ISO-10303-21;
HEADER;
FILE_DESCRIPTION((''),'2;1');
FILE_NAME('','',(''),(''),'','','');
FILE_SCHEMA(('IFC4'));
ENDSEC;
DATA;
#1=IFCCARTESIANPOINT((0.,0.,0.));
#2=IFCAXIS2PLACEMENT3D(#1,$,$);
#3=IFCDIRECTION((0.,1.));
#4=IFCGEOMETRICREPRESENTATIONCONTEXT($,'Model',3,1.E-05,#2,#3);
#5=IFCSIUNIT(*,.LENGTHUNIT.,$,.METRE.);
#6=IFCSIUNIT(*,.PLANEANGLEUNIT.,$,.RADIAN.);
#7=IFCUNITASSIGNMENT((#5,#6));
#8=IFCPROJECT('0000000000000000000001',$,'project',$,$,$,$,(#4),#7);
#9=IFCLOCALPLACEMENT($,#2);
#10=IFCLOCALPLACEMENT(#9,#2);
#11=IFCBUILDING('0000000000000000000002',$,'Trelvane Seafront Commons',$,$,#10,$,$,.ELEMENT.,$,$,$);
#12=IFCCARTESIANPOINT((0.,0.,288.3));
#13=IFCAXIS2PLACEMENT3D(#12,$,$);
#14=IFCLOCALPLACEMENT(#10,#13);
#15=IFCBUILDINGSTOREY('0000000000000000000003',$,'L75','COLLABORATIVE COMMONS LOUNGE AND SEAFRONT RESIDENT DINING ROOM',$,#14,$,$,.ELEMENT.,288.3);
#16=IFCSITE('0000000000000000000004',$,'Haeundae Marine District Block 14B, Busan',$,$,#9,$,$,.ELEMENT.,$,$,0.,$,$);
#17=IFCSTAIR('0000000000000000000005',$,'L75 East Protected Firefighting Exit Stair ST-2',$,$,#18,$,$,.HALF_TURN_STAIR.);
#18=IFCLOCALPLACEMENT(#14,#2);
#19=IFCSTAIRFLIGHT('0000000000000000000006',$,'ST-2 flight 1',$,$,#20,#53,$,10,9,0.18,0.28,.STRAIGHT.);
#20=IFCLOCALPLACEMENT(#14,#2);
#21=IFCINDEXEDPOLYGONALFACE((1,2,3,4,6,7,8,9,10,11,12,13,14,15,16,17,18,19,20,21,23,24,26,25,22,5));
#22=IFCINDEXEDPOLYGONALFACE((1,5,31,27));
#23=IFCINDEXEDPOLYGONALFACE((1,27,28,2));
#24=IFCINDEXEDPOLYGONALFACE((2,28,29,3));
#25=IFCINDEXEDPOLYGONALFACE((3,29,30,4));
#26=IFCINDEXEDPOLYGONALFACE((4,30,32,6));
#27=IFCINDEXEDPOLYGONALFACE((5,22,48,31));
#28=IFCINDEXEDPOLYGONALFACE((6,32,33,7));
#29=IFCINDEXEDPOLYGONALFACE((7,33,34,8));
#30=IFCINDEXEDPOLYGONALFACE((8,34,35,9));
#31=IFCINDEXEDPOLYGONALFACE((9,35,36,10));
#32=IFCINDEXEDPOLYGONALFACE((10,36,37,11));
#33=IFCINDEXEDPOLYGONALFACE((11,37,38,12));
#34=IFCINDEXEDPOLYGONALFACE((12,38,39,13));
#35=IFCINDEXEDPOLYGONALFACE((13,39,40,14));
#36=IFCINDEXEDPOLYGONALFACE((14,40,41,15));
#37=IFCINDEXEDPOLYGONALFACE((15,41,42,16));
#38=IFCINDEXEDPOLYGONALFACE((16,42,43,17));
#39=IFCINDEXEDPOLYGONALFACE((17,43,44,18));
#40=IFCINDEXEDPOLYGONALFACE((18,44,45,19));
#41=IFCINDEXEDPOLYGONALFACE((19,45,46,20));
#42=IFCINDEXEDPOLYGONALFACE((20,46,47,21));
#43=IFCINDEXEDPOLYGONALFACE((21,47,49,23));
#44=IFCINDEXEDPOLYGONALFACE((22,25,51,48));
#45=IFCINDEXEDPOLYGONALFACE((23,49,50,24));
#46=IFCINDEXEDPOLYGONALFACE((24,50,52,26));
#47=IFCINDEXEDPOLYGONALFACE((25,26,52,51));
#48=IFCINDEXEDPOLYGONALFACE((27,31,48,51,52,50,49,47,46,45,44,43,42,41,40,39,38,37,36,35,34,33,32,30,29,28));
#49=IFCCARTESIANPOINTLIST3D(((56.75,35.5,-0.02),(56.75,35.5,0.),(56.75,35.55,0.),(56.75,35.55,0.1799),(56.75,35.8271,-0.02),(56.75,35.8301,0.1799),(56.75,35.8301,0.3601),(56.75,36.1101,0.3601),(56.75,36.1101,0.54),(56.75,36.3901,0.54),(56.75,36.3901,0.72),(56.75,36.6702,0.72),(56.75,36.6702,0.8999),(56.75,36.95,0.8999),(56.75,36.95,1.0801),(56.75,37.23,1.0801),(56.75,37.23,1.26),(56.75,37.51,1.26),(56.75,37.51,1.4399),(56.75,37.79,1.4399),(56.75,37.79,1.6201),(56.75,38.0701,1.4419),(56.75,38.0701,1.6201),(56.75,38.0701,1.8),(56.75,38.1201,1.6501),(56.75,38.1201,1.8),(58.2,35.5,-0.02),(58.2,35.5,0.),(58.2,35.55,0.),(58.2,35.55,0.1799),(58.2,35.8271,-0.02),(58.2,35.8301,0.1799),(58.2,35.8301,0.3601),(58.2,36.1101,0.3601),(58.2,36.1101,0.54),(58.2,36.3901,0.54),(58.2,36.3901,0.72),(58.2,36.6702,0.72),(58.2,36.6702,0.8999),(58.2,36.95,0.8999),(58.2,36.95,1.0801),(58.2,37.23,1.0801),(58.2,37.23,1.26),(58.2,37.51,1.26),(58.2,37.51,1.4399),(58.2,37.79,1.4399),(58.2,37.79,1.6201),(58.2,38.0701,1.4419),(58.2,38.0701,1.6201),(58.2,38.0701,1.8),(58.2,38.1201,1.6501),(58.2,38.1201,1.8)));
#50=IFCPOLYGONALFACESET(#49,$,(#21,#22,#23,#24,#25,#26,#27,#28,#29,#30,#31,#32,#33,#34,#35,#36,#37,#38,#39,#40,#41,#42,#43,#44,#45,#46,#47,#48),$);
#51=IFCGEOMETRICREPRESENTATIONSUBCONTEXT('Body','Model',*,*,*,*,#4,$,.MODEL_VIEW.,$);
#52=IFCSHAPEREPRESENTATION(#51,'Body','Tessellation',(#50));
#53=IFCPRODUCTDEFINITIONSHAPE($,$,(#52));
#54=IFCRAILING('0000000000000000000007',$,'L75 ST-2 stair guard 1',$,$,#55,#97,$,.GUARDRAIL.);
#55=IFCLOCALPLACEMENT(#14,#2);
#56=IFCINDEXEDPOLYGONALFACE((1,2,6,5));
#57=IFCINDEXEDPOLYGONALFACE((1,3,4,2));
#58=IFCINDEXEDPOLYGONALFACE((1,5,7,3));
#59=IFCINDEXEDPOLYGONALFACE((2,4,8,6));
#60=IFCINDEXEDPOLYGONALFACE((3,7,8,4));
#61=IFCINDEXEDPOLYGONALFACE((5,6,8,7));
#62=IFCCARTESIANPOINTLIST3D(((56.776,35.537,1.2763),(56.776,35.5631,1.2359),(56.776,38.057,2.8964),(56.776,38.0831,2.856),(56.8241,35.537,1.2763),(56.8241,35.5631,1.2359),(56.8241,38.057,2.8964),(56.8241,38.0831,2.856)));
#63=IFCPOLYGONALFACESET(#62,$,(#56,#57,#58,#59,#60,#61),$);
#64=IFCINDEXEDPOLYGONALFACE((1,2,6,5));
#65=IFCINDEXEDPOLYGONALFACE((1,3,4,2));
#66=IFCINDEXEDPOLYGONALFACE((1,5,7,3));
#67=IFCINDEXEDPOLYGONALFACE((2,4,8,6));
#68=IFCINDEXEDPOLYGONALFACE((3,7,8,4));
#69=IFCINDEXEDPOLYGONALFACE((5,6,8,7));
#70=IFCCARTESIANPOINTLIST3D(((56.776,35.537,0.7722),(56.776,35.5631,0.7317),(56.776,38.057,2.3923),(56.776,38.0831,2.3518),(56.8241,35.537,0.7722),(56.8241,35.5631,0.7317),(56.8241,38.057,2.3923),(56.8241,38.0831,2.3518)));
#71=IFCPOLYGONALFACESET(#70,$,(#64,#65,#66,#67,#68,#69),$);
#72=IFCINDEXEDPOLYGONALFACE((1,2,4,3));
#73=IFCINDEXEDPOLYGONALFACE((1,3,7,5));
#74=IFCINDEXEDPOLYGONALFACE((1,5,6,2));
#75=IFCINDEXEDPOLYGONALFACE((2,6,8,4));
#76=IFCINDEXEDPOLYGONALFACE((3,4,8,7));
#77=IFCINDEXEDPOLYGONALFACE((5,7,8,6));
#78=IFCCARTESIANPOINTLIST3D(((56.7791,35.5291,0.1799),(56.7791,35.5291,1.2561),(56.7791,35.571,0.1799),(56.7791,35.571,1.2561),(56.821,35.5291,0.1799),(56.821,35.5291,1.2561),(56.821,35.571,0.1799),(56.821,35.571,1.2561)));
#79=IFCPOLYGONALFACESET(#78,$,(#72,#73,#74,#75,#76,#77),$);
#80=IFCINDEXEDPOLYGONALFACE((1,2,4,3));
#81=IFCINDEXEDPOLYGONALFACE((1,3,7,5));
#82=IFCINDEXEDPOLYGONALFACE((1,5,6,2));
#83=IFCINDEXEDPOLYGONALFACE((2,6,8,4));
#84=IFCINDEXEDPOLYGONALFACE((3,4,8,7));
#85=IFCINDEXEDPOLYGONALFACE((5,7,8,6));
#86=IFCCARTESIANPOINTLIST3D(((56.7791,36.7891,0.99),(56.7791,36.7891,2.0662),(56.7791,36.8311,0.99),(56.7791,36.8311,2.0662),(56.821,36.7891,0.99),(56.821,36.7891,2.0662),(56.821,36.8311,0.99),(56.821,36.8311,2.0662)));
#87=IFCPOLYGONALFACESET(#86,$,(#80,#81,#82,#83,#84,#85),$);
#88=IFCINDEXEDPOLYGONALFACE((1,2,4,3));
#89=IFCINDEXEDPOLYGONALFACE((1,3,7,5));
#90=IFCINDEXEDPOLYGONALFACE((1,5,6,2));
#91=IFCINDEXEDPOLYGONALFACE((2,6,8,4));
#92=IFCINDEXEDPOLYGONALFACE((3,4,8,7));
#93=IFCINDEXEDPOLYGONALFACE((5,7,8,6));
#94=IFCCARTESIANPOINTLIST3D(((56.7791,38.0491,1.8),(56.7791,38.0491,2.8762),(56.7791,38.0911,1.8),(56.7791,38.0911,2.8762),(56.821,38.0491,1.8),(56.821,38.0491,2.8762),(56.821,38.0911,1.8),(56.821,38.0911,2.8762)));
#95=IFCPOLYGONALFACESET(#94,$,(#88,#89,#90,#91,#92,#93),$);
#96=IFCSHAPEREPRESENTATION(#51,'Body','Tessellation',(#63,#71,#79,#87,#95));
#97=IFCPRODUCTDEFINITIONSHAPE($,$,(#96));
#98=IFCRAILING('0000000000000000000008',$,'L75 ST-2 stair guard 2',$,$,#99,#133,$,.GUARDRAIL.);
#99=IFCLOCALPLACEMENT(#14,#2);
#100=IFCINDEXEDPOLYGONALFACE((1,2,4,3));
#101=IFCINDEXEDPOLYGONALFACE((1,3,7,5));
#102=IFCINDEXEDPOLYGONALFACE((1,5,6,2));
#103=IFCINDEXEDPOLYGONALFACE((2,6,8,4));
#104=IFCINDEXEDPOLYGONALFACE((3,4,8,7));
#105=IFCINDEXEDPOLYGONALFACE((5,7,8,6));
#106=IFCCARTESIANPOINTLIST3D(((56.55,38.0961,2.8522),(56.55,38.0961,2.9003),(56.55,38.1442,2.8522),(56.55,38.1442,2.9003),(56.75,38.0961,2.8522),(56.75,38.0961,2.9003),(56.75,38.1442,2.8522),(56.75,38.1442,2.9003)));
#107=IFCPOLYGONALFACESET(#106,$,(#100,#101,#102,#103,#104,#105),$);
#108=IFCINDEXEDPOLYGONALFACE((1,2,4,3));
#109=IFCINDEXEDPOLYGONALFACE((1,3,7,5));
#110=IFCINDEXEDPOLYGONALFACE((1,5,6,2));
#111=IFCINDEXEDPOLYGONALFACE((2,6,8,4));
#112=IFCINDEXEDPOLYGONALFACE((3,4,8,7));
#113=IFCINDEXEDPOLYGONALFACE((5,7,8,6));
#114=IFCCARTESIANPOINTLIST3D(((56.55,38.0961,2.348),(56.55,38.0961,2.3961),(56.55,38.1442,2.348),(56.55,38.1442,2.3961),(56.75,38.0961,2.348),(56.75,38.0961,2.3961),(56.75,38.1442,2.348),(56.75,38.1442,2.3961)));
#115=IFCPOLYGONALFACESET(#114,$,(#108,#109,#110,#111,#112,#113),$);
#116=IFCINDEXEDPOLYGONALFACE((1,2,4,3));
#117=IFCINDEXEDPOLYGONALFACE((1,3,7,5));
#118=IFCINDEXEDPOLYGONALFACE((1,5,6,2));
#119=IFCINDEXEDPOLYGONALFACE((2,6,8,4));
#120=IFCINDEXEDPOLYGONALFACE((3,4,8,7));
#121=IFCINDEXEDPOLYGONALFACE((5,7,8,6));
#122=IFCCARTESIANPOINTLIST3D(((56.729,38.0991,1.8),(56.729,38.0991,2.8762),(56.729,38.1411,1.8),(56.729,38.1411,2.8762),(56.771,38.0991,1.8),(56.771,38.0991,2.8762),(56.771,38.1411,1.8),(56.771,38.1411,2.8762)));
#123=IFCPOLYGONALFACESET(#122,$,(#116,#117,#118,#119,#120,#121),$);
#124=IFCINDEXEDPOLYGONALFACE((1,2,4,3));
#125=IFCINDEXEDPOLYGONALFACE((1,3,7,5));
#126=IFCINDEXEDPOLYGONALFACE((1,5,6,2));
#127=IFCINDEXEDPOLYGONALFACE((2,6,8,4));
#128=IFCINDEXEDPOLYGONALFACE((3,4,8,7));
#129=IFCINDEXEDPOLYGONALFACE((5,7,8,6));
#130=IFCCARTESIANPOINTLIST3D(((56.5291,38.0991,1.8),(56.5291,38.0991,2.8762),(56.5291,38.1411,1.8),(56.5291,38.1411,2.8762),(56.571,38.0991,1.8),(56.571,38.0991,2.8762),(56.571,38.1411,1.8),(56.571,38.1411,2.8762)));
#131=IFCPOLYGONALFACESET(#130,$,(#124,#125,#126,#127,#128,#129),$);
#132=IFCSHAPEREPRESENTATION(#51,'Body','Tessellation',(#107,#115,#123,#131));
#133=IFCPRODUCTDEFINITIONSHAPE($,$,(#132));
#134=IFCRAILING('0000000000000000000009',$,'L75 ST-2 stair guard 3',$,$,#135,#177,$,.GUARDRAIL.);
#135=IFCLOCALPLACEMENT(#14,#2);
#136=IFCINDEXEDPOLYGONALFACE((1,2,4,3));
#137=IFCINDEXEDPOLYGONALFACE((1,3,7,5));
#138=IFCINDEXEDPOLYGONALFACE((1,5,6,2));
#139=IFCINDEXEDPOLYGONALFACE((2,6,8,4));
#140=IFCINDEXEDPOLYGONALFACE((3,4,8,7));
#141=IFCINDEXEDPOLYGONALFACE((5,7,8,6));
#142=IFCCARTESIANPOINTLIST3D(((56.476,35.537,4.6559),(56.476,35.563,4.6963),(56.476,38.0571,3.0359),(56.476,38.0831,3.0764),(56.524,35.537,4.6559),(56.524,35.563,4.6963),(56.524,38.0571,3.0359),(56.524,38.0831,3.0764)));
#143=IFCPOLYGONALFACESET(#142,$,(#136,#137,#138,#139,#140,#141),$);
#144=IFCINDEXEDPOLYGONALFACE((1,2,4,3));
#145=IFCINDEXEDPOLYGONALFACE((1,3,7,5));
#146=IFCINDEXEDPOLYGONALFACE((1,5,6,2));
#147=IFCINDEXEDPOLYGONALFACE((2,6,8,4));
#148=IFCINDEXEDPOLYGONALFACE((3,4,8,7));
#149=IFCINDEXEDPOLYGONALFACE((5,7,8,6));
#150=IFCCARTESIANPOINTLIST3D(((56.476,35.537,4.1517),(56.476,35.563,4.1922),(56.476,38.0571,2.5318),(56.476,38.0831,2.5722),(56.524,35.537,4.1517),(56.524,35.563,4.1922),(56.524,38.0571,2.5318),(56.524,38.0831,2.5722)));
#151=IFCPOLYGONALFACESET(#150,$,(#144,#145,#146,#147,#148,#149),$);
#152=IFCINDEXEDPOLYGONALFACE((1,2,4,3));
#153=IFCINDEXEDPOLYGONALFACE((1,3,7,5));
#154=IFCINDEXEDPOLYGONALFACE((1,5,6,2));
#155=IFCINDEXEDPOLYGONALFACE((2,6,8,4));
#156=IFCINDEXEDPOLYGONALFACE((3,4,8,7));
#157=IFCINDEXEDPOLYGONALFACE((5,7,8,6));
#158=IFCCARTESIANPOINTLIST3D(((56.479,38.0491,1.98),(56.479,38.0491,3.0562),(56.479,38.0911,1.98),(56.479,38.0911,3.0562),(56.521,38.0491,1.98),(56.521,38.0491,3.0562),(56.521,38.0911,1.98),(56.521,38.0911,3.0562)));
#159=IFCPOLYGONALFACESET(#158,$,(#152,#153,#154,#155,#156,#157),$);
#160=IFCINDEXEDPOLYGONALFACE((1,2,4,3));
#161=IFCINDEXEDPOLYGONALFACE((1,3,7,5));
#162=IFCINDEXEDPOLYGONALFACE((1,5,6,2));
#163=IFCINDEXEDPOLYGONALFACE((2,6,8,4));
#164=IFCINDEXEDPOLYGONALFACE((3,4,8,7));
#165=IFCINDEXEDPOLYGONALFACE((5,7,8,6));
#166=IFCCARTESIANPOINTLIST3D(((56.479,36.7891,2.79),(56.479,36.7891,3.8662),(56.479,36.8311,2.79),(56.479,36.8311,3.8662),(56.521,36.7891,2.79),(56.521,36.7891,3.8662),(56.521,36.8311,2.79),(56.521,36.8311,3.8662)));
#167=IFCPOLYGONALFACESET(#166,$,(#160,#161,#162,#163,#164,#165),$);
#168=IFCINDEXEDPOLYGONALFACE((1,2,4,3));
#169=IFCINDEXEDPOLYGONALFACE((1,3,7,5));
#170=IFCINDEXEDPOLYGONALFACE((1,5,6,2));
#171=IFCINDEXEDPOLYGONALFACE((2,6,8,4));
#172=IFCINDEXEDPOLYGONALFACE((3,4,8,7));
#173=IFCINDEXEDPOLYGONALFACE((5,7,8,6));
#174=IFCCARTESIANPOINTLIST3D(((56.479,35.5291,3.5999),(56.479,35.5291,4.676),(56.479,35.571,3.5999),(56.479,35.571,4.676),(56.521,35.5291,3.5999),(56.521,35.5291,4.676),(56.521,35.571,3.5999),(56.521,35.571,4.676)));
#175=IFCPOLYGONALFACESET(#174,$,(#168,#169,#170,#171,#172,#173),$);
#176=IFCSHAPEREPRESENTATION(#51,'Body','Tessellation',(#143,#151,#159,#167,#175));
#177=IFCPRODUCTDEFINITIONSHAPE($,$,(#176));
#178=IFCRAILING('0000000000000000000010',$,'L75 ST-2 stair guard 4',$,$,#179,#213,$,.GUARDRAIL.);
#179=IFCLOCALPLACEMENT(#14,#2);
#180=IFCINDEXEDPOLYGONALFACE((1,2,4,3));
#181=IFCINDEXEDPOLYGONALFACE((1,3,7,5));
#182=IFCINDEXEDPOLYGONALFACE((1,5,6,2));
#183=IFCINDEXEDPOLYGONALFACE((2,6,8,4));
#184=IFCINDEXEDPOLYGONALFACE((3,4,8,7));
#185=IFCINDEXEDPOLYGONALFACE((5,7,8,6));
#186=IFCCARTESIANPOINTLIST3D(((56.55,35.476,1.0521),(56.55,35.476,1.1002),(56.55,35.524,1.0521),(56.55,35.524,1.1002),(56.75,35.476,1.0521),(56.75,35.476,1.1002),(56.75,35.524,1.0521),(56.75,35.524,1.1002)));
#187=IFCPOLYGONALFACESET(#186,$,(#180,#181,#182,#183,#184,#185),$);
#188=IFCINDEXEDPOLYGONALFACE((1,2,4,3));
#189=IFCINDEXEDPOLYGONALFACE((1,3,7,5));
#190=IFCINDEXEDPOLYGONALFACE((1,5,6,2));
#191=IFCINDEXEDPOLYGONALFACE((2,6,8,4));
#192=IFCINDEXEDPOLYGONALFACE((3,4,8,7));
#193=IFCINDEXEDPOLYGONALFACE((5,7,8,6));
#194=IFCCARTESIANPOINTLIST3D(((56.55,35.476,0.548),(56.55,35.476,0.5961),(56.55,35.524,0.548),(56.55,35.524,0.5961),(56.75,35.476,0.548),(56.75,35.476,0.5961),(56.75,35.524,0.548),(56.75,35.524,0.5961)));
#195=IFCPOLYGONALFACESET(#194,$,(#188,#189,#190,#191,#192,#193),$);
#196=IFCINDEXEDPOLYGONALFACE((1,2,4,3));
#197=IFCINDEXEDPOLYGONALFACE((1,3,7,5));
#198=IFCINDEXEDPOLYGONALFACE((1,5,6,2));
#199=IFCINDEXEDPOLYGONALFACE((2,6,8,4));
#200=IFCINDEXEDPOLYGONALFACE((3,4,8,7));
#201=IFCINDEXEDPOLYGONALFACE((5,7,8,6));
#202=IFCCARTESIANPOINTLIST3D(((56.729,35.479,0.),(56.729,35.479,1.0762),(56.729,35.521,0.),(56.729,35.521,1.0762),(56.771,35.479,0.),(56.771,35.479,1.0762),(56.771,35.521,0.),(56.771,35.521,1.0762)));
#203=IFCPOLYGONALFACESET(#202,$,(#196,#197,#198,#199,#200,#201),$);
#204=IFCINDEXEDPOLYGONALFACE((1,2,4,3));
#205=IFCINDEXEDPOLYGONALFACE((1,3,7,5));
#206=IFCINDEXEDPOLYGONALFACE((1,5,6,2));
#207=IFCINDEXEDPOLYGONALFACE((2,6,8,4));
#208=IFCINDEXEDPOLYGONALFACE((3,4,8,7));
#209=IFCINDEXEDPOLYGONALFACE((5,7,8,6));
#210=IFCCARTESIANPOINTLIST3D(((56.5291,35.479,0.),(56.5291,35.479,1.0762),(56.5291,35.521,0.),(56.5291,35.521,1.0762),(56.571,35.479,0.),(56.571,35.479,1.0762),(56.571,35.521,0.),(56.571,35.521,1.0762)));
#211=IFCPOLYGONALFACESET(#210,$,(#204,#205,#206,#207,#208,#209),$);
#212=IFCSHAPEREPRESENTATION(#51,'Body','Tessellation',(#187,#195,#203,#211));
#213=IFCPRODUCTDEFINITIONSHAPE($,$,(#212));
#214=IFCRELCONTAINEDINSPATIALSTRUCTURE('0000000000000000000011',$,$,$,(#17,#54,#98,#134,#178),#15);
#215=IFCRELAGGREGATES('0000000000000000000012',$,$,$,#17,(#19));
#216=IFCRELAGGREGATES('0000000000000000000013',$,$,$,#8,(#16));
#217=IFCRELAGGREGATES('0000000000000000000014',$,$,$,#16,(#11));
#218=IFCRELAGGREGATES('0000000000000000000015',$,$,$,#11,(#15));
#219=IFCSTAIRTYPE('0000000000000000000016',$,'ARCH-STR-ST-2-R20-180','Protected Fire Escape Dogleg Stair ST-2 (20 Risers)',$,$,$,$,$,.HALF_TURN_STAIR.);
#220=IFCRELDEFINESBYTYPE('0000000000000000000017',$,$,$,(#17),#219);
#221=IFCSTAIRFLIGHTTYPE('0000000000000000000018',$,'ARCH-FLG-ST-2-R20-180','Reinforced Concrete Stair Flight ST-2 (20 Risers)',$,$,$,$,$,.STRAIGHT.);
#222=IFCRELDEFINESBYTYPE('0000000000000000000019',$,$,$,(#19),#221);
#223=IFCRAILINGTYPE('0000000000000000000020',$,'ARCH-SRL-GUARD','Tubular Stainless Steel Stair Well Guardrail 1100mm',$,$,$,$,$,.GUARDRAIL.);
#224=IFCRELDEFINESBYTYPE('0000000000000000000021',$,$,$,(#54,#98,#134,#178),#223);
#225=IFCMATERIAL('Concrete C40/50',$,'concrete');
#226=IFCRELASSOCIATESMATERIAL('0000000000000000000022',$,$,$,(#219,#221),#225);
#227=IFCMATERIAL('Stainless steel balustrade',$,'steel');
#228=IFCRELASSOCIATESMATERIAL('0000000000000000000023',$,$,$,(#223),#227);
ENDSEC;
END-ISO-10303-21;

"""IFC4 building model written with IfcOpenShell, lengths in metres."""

from ifc_helpers import new_model, si_unit, direction, frame, origin, origin_2d, place, context, subcontext, project, spatial, polyline, rectangle, outline, extrude, source, transform, mapped, material, type_object, element, aggregate, save


model = new_model("IFC4")

# Units and contexts
model_context = context("Model", 3, precision=1e-05, world=origin(), true_north=direction((0.0, 1.0)))
body_context = subcontext(model_context, "Body", "Model", "MODEL_VIEW")
ifc_project = project(units=[si_unit("LENGTHUNIT", "METRE"), si_unit("PLANEANGLEUNIT", "RADIAN")], contexts=[model_context])

# Site, building, storey
site_placement = place(None, origin())
site = spatial("IfcSite", under=ifc_project, at=site_placement, Name="Haeundae Marine District Block 14B, Busan", CompositionType="ELEMENT", RefElevation=0.0)
building_placement = place(site_placement, origin())
building = spatial("IfcBuilding", under=site, at=building_placement, Name="Trelvane Seafront Commons", CompositionType="ELEMENT")
storey_placement = place(building_placement, frame((0.0, 0.0, 288.3)))
storey = spatial("IfcBuildingStorey", under=building, at=storey_placement, Name="L75", Description="COLLABORATIVE COMMONS LOUNGE AND SEAFRONT RESIDENT DINING ROOM", CompositionType="ELEMENT", Elevation=288.3)

# Stair, stair flight
ifc_material_1 = material(Name="Concrete C40/50", Category="concrete")
stair_type = type_object("IfcStairType", Name="ARCH-STR-ST-2-R20-180", Description="Protected Fire Escape Dogleg Stair ST-2 (20 Risers)", PredefinedType="HALF_TURN_STAIR", material=ifc_material_1)
stair_placement = place(storey_placement, origin())
stair = element("IfcStair", 1, at=stair_placement, inside=storey, type_object=stair_type, Name="L75 East Protected Firefighting Exit Stair ST-2", PredefinedType="HALF_TURN_STAIR")
stair_flight_type = type_object("IfcStairFlightType", Name="ARCH-FLG-ST-2-R20-180", Description="Reinforced Concrete Stair Flight ST-2 (20 Risers)", PredefinedType="STRAIGHT", material=ifc_material_1)
shared_shape_1 = source(origin(), body_context, "Body", "SweptSolid", [
    extrude(outline(polyline([(-0.05, -0.02), (-0.05, 0.0), (0.0, 0.0), (0.0, 0.1799), (0.28, 0.1799), (0.28, 0.3601), (0.5601, 0.3601), (0.5601, 0.54), (0.8401, 0.54), (0.8401, 0.72), (1.1201, 0.72), (1.1201, 0.8999), (1.3999, 0.8999), (1.3999, 1.0801), (1.6799, 1.0801), (1.6799, 1.26), (1.96, 1.26), (1.96, 1.4399), (2.24, 1.4399), (2.24, 1.6201), (2.52, 1.6201), (2.52, 1.8), (2.5701, 1.8), (2.5701, 1.6501), (2.52, 1.4419), (0.2771, -0.02), (-0.05, -0.02)])), frame((0.0, 0.7251, 0.0), z_axis=(0.0, -1.0, 0.0), x_axis=(1.0, 0.0, 0.0)), (0.0, 0.0, 1.0), 1.45),
])
stair_flight_placement = place(storey_placement, frame((57.4751, 35.55, 0.0), z_axis=(0.0, 0.0, 1.0), x_axis=(0.0, 1.0, 0.0)))
stair_flight = element("IfcStairFlight", 2, at=stair_flight_placement, type_object=stair_flight_type, Name="ST-2 flight 1", NumberOfRisers=10, NumberOfTreads=9, PredefinedType="STRAIGHT", RiserHeight=0.18, TreadLength=0.28, context=body_context, shape_type="MappedRepresentation", body=[
    mapped(shared_shape_1, transform((0.0, 0.0, 0.0), x_axis=(1.0, 0.0, 0.0), y_axis=(0.0, 1.0, 0.0), z_axis=(0.0, 0.0, 1.0), scale=1.0)),
])
aggregate(stair, [stair_flight])

# Railings
ifc_material_2 = material(Name="Stainless steel balustrade", Category="steel")
railing_type_1 = type_object("IfcRailingType", Name="ARCH-SRL-GUARD", Description="Tubular Stainless Steel Stair Well Guardrail 1100mm", PredefinedType="GUARDRAIL", material=ifc_material_2)
railing_1_placement = place(storey_placement, frame((56.8, 35.55, 0.1799)))
element("IfcRailing", 3, at=railing_1_placement, inside=storey, type_object=railing_type_1, Name="L75 ST-2 stair guard 1", PredefinedType="GUARDRAIL", context=body_context, shape_type="SweptSolid", body=[
    extrude(rectangle(XDim=0.0481, YDim=0.0481, at=origin_2d()), frame((0.0, 0.0, 1.0762), z_axis=(0.0, 0.841163, 0.540782), x_axis=(-1.0, 0.0, 0.0)), (0.0, 0.0, 1.0), 2.9958),
    extrude(rectangle(XDim=0.0481, YDim=0.0481, at=origin_2d()), frame((0.0, 0.0, 0.572), z_axis=(0.0, 0.841163, 0.540782), x_axis=(-1.0, 0.0, 0.0)), (0.0, 0.0, 1.0), 2.9958),
    extrude(rectangle(XDim=0.042, YDim=0.042, at=origin_2d()), origin(), (0.0, 0.0, 1.0), 1.0762),
    extrude(rectangle(XDim=0.042, YDim=0.042, at=origin_2d()), frame((0.0, 1.26, 0.8101)), (0.0, 0.0, 1.0), 1.0762),
    extrude(rectangle(XDim=0.042, YDim=0.042, at=origin_2d()), frame((0.0, 2.52, 1.6201)), (0.0, 0.0, 1.0), 1.0762),
])
railing_2_placement = place(storey_placement, frame((56.75, 38.1201, 1.8)))
element("IfcRailing", 4, at=railing_2_placement, inside=storey, type_object=railing_type_1, Name="L75 ST-2 stair guard 2", PredefinedType="GUARDRAIL", context=body_context, shape_type="SweptSolid", body=[
    extrude(rectangle(XDim=0.0481, YDim=0.0481, at=origin_2d()), frame((0.0, 0.0, 1.0762), z_axis=(-1.0, 0.0, 0.0), x_axis=(0.0, -1.0, 0.0)), (0.0, 0.0, 1.0), 0.2),
    extrude(rectangle(XDim=0.0481, YDim=0.0481, at=origin_2d()), frame((0.0, 0.0, 0.572), z_axis=(-1.0, 0.0, 0.0), x_axis=(0.0, -1.0, 0.0)), (0.0, 0.0, 1.0), 0.2),
    extrude(rectangle(XDim=0.042, YDim=0.042, at=origin_2d()), origin(), (0.0, 0.0, 1.0), 1.0762),
    extrude(rectangle(XDim=0.042, YDim=0.042, at=origin_2d()), frame((-0.2, 0.0, 0.0)), (0.0, 0.0, 1.0), 1.0762),
])
railing_3_placement = place(storey_placement, frame((56.5, 38.0701, 1.98)))
element("IfcRailing", 5, at=railing_3_placement, inside=storey, type_object=railing_type_1, Name="L75 ST-2 stair guard 3", PredefinedType="GUARDRAIL", context=body_context, shape_type="SweptSolid", body=[
    extrude(rectangle(XDim=0.0481, YDim=0.0481, at=origin_2d()), frame((0.0, 0.0, 1.0762), z_axis=(0.0, -0.8412, 0.540725), x_axis=(1.0, 0.0, 0.0)), (0.0, 0.0, 1.0), 2.9958),
    extrude(rectangle(XDim=0.0481, YDim=0.0481, at=origin_2d()), frame((0.0, 0.0, 0.572), z_axis=(0.0, -0.8412, 0.540725), x_axis=(1.0, 0.0, 0.0)), (0.0, 0.0, 1.0), 2.9958),
    extrude(rectangle(XDim=0.042, YDim=0.042, at=origin_2d()), origin(), (0.0, 0.0, 1.0), 1.0762),
    extrude(rectangle(XDim=0.042, YDim=0.042, at=origin_2d()), frame((0.0, -1.26, 0.8101)), (0.0, 0.0, 1.0), 1.0762),
    extrude(rectangle(XDim=0.042, YDim=0.042, at=origin_2d()), frame((0.0, -2.52, 1.6199)), (0.0, 0.0, 1.0), 1.0762),
])
railing_4_placement = place(storey_placement, frame((56.75, 35.5, 0.0)))
element("IfcRailing", 6, at=railing_4_placement, inside=storey, type_object=railing_type_1, Name="L75 ST-2 stair guard 4", PredefinedType="GUARDRAIL", context=body_context, shape_type="SweptSolid", body=[
    extrude(rectangle(XDim=0.0481, YDim=0.0481, at=origin_2d()), frame((0.0, 0.0, 1.0762), z_axis=(-1.0, 0.0, 0.0), x_axis=(0.0, -1.0, 0.0)), (0.0, 0.0, 1.0), 0.2),
    extrude(rectangle(XDim=0.0481, YDim=0.0481, at=origin_2d()), frame((0.0, 0.0, 0.572), z_axis=(-1.0, 0.0, 0.0), x_axis=(0.0, -1.0, 0.0)), (0.0, 0.0, 1.0), 0.2),
    extrude(rectangle(XDim=0.042, YDim=0.042, at=origin_2d()), origin(), (0.0, 0.0, 1.0), 1.0762),
    extrude(rectangle(XDim=0.042, YDim=0.042, at=origin_2d()), frame((-0.2, 0.0, 0.0)), (0.0, 0.0, 1.0), 1.0762),
])

save(model, "model.ifc")
